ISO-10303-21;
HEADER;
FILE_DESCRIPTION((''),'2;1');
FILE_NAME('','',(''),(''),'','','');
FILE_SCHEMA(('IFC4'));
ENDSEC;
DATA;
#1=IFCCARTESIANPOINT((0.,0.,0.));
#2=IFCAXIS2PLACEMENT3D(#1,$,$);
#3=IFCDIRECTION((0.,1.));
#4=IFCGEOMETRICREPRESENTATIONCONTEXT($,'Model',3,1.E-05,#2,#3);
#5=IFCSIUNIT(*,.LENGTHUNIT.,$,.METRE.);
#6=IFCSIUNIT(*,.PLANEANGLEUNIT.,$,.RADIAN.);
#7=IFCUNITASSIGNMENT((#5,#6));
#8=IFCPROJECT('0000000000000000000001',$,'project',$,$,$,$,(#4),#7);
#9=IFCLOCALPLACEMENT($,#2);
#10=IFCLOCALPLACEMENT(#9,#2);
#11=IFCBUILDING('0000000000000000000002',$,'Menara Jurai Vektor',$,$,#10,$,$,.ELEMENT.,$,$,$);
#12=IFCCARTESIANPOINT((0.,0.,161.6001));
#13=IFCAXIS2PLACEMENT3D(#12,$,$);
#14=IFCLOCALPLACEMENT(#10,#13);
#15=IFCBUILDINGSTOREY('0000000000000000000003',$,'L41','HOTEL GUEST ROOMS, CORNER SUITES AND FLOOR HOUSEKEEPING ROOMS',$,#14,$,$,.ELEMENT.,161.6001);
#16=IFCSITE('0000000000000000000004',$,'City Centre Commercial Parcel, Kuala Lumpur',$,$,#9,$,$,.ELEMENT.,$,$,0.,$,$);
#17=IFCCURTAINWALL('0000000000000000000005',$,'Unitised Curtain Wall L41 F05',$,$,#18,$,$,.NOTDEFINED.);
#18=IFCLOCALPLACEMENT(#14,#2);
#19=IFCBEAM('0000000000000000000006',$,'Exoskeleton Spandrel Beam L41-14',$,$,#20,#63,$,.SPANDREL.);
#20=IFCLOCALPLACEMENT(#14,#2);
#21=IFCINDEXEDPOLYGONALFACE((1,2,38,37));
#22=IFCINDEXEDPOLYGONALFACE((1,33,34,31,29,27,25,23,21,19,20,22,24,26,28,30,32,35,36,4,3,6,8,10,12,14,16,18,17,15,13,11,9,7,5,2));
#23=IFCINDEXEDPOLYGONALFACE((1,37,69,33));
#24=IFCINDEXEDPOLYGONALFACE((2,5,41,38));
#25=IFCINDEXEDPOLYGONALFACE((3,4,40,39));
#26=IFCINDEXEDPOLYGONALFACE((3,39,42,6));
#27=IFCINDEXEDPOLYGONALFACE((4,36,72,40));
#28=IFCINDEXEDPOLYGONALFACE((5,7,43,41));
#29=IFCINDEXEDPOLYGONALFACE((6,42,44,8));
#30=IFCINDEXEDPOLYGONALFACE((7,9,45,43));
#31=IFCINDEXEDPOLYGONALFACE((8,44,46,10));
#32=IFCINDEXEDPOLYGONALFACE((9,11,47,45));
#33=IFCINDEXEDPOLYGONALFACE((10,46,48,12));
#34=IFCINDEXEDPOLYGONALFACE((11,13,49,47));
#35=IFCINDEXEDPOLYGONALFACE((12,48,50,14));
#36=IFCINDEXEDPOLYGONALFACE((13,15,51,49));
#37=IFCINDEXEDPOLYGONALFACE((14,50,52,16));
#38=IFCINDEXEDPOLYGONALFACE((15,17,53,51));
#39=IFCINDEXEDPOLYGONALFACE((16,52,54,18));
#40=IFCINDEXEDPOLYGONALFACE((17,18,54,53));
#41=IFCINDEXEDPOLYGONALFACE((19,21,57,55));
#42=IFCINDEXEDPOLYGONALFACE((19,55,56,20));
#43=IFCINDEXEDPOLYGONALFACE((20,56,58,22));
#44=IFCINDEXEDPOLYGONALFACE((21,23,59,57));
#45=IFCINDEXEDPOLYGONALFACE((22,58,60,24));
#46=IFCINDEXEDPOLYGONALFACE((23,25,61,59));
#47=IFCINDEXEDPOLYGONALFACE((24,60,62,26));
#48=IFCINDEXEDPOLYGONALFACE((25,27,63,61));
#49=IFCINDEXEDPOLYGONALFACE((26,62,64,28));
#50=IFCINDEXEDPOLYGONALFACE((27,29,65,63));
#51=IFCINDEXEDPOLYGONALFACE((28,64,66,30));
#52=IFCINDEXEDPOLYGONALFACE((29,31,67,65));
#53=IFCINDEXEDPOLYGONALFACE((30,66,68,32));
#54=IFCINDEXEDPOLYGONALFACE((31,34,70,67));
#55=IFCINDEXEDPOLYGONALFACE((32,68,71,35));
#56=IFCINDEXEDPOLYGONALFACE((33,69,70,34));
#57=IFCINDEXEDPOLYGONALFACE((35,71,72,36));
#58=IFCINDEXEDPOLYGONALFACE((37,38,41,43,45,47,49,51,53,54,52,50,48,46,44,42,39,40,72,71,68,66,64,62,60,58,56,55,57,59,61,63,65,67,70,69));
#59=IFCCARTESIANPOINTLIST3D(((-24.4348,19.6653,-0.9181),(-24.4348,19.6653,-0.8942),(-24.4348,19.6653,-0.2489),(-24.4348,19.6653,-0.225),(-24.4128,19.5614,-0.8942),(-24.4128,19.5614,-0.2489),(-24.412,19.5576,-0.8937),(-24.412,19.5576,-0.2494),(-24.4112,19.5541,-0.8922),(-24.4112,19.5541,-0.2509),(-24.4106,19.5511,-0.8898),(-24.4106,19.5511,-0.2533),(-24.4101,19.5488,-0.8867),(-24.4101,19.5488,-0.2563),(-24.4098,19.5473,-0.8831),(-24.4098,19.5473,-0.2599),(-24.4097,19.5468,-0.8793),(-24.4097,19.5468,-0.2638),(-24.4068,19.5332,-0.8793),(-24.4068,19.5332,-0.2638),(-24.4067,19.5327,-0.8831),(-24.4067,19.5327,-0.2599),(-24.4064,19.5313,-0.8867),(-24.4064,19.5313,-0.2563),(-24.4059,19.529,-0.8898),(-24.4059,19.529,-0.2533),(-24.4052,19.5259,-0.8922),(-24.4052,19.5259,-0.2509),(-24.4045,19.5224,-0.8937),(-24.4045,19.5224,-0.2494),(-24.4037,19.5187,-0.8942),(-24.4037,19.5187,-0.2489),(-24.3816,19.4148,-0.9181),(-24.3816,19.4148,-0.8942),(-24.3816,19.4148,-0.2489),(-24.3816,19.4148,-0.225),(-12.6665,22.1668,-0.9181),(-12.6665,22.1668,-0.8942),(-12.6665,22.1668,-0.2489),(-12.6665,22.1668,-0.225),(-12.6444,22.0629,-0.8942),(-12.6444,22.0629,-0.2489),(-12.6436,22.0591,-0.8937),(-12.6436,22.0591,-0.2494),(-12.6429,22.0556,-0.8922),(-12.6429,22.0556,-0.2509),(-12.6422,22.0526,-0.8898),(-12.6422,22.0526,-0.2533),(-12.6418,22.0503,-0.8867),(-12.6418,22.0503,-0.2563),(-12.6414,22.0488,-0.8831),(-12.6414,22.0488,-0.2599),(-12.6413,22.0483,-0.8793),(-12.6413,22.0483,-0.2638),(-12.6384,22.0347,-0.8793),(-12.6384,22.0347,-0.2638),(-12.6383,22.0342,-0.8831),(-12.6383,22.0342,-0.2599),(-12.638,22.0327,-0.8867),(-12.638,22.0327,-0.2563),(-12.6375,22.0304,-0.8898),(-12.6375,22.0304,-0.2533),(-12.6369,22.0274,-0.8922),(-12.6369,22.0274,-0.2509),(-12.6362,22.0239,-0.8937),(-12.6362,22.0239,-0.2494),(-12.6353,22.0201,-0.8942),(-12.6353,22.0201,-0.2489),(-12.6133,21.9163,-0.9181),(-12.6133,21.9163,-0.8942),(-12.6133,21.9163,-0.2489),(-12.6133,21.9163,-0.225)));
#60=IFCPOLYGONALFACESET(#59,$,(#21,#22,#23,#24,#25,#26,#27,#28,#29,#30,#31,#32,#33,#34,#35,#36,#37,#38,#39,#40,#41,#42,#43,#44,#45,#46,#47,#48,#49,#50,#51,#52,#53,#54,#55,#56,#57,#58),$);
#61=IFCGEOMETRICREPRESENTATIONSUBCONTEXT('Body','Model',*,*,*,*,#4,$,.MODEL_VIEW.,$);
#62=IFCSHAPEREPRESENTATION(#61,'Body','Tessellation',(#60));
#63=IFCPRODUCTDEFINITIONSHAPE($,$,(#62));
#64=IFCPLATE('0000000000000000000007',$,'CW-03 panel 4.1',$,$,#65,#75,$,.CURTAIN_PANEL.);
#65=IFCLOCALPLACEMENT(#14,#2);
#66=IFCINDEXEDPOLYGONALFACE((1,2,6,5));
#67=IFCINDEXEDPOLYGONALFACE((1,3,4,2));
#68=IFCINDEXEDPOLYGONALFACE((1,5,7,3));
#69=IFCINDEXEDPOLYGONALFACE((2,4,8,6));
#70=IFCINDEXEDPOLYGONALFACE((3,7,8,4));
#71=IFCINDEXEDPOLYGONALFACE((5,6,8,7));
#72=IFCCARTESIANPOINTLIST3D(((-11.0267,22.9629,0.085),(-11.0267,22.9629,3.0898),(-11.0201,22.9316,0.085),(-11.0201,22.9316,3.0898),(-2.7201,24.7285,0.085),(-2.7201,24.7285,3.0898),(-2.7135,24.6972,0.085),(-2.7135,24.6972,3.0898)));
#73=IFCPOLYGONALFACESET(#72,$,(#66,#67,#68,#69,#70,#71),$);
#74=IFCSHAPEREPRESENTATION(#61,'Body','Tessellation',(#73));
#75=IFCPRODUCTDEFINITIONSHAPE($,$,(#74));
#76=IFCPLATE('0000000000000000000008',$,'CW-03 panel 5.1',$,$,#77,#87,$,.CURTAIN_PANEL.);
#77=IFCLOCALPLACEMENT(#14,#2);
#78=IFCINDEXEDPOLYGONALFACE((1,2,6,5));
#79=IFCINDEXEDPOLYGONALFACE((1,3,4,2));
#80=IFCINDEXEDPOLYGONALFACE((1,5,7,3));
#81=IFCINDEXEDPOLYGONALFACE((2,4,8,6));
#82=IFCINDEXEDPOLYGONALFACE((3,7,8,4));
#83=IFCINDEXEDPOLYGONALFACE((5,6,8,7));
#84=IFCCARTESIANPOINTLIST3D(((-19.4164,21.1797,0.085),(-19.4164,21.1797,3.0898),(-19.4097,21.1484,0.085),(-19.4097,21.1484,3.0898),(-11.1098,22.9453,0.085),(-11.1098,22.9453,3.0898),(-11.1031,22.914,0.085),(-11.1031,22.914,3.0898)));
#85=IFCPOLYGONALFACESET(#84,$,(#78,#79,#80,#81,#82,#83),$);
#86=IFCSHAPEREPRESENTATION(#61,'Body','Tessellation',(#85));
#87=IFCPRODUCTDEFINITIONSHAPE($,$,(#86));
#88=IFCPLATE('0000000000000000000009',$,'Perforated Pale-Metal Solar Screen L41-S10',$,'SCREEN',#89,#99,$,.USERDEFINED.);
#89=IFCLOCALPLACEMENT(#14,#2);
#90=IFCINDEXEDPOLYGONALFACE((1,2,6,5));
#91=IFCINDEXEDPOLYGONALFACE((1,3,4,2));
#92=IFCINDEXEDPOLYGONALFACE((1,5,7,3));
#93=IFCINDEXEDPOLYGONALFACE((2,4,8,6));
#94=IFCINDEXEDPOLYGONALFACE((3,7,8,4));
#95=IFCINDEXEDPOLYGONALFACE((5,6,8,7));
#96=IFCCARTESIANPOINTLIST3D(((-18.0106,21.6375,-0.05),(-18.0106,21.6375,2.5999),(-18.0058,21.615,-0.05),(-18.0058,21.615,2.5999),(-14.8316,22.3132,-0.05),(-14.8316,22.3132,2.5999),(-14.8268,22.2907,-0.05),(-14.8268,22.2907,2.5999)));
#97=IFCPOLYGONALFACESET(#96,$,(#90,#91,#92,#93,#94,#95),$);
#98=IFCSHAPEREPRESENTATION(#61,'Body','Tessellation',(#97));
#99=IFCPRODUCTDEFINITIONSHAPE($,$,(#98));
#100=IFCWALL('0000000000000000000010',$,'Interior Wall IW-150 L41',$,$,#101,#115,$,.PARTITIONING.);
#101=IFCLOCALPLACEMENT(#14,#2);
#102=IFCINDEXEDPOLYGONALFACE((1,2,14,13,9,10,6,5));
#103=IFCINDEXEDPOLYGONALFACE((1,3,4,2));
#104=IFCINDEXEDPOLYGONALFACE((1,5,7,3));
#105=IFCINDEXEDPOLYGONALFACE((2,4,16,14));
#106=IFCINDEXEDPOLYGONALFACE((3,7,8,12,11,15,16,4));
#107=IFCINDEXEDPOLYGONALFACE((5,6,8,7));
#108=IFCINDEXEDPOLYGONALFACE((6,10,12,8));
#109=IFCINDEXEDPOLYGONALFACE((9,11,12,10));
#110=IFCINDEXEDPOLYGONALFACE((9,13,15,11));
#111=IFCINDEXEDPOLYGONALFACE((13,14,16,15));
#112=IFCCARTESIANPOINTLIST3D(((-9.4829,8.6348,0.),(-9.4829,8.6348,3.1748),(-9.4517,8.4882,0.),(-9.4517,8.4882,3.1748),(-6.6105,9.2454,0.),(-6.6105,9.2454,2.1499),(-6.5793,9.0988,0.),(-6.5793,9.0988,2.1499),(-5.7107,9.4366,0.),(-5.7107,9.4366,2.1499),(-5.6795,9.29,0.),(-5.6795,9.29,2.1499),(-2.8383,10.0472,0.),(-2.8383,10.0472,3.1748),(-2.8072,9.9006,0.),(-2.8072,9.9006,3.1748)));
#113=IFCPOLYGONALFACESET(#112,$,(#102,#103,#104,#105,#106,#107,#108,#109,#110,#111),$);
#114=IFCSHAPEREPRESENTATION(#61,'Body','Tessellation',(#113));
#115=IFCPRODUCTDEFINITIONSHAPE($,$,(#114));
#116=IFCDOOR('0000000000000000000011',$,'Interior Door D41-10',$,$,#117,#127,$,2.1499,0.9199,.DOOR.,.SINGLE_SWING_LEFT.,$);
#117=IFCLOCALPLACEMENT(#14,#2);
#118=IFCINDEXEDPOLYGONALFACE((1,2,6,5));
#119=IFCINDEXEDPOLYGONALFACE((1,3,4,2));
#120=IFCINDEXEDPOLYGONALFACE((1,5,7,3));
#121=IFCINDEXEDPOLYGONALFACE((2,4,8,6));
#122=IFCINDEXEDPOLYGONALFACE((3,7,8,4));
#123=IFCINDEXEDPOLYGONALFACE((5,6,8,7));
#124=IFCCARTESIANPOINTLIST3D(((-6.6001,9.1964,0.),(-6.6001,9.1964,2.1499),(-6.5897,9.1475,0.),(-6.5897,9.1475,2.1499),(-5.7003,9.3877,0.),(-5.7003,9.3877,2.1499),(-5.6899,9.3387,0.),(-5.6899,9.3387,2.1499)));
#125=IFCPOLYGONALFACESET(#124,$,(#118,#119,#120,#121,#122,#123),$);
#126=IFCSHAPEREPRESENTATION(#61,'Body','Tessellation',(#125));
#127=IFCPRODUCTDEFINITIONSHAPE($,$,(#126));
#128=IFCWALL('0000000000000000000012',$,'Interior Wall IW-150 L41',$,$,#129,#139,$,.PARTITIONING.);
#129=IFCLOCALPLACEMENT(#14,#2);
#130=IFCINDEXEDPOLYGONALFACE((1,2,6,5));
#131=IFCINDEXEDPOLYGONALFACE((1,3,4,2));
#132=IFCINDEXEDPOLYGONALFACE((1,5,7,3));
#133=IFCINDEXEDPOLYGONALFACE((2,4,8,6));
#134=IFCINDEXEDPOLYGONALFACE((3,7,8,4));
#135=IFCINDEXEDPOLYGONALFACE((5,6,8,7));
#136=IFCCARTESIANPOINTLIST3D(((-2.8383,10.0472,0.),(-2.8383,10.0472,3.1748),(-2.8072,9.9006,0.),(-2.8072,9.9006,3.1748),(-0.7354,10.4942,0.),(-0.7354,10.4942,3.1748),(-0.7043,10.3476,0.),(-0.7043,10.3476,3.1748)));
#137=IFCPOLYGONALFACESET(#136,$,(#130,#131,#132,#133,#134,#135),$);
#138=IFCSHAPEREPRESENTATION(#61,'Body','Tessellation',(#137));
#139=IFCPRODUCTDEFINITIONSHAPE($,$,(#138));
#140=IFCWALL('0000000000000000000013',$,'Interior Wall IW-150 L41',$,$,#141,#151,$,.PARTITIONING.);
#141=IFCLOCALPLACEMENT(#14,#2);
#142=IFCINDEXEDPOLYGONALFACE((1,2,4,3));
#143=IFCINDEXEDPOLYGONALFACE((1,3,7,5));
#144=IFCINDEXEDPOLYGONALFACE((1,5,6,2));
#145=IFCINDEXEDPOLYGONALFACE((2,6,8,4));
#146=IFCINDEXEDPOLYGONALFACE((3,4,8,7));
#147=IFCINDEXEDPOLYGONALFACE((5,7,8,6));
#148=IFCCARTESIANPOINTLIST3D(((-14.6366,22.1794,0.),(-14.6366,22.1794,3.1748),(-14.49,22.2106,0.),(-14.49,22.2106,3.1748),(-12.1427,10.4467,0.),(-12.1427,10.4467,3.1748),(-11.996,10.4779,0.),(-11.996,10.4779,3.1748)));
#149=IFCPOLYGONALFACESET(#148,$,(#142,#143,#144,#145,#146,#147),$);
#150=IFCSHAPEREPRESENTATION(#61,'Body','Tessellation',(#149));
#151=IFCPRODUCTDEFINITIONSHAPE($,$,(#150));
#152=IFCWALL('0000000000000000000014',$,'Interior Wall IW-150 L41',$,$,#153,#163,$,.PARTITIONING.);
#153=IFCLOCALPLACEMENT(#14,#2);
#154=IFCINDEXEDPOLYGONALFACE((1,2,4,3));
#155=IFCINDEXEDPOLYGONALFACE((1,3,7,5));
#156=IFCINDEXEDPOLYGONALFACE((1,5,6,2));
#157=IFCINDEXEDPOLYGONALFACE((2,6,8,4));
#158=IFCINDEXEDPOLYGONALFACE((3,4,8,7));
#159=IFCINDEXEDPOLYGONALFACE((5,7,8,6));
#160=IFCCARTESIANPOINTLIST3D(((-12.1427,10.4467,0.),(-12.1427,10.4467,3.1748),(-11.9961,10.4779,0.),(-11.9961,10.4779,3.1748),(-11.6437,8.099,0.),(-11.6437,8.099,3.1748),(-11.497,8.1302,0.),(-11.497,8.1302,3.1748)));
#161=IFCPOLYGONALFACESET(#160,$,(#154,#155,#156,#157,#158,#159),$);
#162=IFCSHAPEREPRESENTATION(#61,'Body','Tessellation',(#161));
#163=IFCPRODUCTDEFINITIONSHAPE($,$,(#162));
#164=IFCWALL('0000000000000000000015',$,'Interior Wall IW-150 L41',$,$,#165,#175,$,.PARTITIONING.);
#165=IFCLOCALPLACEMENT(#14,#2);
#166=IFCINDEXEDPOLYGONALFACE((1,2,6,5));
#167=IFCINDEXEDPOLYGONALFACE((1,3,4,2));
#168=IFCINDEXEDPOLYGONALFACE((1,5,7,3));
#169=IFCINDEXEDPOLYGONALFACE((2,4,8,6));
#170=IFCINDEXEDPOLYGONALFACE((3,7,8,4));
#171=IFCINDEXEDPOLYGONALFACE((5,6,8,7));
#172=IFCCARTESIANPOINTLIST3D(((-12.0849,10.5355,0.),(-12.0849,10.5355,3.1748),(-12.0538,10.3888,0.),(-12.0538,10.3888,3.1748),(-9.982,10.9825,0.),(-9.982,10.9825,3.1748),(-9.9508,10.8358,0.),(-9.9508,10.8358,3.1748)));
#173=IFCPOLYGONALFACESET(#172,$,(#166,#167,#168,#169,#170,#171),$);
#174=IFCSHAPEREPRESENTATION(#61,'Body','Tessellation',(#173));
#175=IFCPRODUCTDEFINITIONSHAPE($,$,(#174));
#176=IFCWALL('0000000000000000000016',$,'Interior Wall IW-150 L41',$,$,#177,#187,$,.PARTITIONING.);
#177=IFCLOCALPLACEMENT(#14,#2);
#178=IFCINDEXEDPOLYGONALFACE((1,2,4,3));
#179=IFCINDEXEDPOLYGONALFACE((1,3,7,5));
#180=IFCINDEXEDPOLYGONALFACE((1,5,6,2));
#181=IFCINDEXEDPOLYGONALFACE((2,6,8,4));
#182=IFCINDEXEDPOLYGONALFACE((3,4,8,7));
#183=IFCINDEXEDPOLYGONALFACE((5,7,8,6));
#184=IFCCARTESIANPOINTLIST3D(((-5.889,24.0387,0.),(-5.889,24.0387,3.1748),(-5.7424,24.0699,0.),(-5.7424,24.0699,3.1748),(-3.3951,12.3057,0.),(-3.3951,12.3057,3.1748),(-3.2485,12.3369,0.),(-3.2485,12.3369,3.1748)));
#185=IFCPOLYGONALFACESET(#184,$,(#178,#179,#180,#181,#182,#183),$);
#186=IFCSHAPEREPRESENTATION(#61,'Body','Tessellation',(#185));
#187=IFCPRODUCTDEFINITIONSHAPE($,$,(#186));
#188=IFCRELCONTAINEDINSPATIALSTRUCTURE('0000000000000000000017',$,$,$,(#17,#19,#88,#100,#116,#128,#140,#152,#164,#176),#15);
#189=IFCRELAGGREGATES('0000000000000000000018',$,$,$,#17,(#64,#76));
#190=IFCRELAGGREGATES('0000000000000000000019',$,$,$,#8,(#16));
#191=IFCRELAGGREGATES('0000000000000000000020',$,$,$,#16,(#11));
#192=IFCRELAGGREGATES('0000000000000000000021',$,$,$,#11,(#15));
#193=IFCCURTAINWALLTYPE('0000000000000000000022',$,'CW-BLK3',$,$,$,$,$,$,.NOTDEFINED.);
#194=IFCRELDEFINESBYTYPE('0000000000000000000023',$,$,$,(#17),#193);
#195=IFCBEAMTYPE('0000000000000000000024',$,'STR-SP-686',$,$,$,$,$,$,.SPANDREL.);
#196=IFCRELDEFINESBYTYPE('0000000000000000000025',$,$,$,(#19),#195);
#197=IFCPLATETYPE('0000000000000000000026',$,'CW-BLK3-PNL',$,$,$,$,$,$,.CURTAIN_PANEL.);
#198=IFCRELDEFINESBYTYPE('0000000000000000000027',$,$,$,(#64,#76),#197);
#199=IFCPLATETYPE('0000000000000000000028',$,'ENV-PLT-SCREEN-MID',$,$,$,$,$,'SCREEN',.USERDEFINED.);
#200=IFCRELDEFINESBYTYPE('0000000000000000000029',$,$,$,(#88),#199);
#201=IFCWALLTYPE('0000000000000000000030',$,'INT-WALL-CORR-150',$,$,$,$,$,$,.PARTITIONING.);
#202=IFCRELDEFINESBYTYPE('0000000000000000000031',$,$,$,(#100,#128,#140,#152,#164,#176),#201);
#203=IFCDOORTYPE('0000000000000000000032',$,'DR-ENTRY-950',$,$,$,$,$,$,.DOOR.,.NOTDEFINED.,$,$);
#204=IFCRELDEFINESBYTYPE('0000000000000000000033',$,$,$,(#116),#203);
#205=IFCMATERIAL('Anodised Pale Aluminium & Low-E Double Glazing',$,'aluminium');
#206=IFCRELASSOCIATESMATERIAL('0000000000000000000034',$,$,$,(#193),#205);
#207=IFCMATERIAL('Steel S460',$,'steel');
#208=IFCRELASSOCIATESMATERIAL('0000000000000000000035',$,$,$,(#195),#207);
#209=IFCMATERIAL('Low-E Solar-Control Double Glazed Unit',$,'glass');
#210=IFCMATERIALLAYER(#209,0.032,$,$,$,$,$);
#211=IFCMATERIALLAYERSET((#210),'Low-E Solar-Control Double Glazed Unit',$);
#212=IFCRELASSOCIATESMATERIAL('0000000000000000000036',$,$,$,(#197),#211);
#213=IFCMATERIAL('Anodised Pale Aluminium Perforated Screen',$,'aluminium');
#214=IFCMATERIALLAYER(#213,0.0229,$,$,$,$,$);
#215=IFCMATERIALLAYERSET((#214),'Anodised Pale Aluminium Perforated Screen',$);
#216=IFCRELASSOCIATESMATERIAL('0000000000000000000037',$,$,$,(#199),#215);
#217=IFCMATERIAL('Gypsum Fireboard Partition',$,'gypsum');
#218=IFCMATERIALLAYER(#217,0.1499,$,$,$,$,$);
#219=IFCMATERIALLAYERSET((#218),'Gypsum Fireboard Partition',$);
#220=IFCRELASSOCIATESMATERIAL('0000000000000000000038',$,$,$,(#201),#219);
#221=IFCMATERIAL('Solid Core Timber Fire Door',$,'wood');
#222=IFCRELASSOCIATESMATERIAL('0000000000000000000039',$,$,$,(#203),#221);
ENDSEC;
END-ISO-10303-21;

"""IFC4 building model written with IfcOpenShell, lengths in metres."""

from ifc_helpers import new_model, si_unit, direction, frame, frame_2d, origin, origin_2d, place, context, subcontext, project, spatial, rectangle, i_section, extrude, material, layer, layer_set, material_profile, profile_set, type_object, element, fill, aggregate, save


model = new_model("IFC4")

# Units and contexts
model_context = context("Model", 3, precision=1e-05, world=origin(), true_north=direction((0.0, 1.0)))
body_context = subcontext(model_context, "Body", "Model", "MODEL_VIEW")
ifc_project = project(units=[si_unit("LENGTHUNIT", "METRE"), si_unit("PLANEANGLEUNIT", "RADIAN")], contexts=[model_context])

# Site, building, storey
site_placement = place(None, origin())
site = spatial("IfcSite", under=ifc_project, at=site_placement, Name="City Centre Commercial Parcel, Kuala Lumpur", CompositionType="ELEMENT", RefElevation=0.0)
building_placement = place(site_placement, origin())
building = spatial("IfcBuilding", under=site, at=building_placement, Name="Menara Jurai Vektor", CompositionType="ELEMENT")
storey_placement = place(building_placement, frame((0.0, 0.0, 161.6001)))
storey = spatial("IfcBuildingStorey", under=building, at=storey_placement, Name="L41", Description="HOTEL GUEST ROOMS, CORNER SUITES AND FLOOR HOUSEKEEPING ROOMS", CompositionType="ELEMENT", Elevation=161.6001)

# Shared definitions
ifc_material_1 = material(Name="Steel S460", Category="steel")

# Curtain wall
ifc_material_2 = material(Name="Anodised Pale Aluminium & Low-E Double Glazing", Category="aluminium")
curtain_wall_type = type_object("IfcCurtainWallType", Name="CW-BLK3", PredefinedType="NOTDEFINED", material=ifc_material_2)
curtain_wall_placement = place(storey_placement, origin())
curtain_wall = element("IfcCurtainWall", 1, at=curtain_wall_placement, inside=storey, type_object=curtain_wall_type, Name="Unitised Curtain Wall L41 F05", PredefinedType="NOTDEFINED")

# Beam
ifc_material_profile_1 = material_profile(ifc_material_1, i_section(OverallWidth=0.2561, OverallDepth=0.6931, WebThickness=0.0139, FlangeThickness=0.0239, FilletRadius=0.0149, at=origin_2d()), Name="UKB 686x254x170")
ifc_profile_set_1 = profile_set([ifc_material_profile_1], Name="Steel S460")
beam_type_1 = type_object("IfcBeamType", Name="STR-SP-686", PredefinedType="SPANDREL", material=ifc_profile_set_1)
beam_1_placement = place(storey_placement, frame((-12.6399, 22.0415, -0.5715), z_axis=(-0.978147, -0.207914, 0.0), x_axis=(0.207914, -0.978147, 0.0)))
element("IfcBeam", 2, at=beam_1_placement, inside=storey, type_object=beam_type_1, Name="Exoskeleton Spandrel Beam L41-14", PredefinedType="SPANDREL", context=body_context, shape_type="SweptSolid", body=[
    extrude(i_section(OverallWidth=0.2561, OverallDepth=0.6931, WebThickness=0.0139, FlangeThickness=0.0239, FilletRadius=0.0149, at=origin_2d()), origin(), (0.0, 0.0, 1.0), 12.0312),
])

# Plates
ifc_material_3 = material(Name="Low-E Solar-Control Double Glazed Unit", Category="glass")
ifc_layer_1 = layer(ifc_material_3, 0.032)
ifc_layer_set_1 = layer_set([ifc_layer_1], Name="Low-E Solar-Control Double Glazed Unit")
plate_type_1 = type_object("IfcPlateType", Name="CW-BLK3-PNL", PredefinedType="CURTAIN_PANEL", material=ifc_layer_set_1)
plate_1_placement = place(storey_placement, frame((-6.8701, 23.8301, 0.085), z_axis=(0.0, 0.0, 1.0), x_axis=(-0.978148, -0.207911, 0.0)))
plate_1 = element("IfcPlate", 3, at=plate_1_placement, type_object=plate_type_1, Name="CW-03 panel 4.1", PredefinedType="CURTAIN_PANEL", context=body_context, shape_type="SweptSolid", body=[
    extrude(rectangle(XDim=8.4922, YDim=0.032, at=origin_2d()), origin(), (0.0, 0.0, 1.0), 3.0049),
])
plate_2_placement = place(storey_placement, frame((-15.2598, 22.0469, 0.085), z_axis=(0.0, 0.0, 1.0), x_axis=(-0.978148, -0.207911, 0.0)))
plate_2 = element("IfcPlate", 4, at=plate_2_placement, type_object=plate_type_1, Name="CW-03 panel 5.1", PredefinedType="CURTAIN_PANEL", context=body_context, shape_type="SweptSolid", body=[
    extrude(rectangle(XDim=8.4922, YDim=0.032, at=origin_2d()), origin(), (0.0, 0.0, 1.0), 3.0049),
])
aggregate(curtain_wall, [plate_1, plate_2])
ifc_material_4 = material(Name="Anodised Pale Aluminium Perforated Screen", Category="aluminium")
ifc_layer_2 = layer(ifc_material_4, 0.0229)
ifc_layer_set_2 = layer_set([ifc_layer_2], Name="Anodised Pale Aluminium Perforated Screen")
plate_type_2 = type_object("IfcPlateType", Name="ENV-PLT-SCREEN-MID", ElementType="SCREEN", PredefinedType="USERDEFINED", material=ifc_layer_set_2)
plate_3_placement = place(storey_placement, frame((-16.4187, 21.9641, -0.05), z_axis=(0.0, 0.0, 1.0), x_axis=(-0.978148, -0.207912, 0.0)))
element("IfcPlate", 5, at=plate_3_placement, inside=storey, type_object=plate_type_2, Name="Perforated Pale-Metal Solar Screen L41-S10", ObjectType="SCREEN", PredefinedType="USERDEFINED", context=body_context, shape_type="SweptSolid", body=[
    extrude(rectangle(XDim=3.25, YDim=0.0229, at=origin_2d()), origin(), (0.0, 0.0, 1.0), 2.6499),
])

# Wall, opening, door
ifc_material_5 = material(Name="Gypsum Fireboard Partition", Category="gypsum")
ifc_layer_3 = layer(ifc_material_5, 0.1499)
ifc_layer_set_3 = layer_set([ifc_layer_3], Name="Gypsum Fireboard Partition")
wall_type = type_object("IfcWallType", Name="INT-WALL-CORR-150", PredefinedType="PARTITIONING", material=ifc_layer_set_3)
wall_1_placement = place(storey_placement, frame((-9.4673, 8.5615, 0.0), z_axis=(0.0, 0.0, 1.0), x_axis=(0.978147, 0.207914, 0.0)))
wall_1 = element("IfcWall", 6, at=wall_1_placement, inside=storey, type_object=wall_type, Name="Interior Wall IW-150 L41", PredefinedType="PARTITIONING", context=body_context, shape_type="SweptSolid", body=[
    extrude(rectangle(XDim=6.793, YDim=0.1499, at=frame_2d((3.3965, 0.0))), origin(), (0.0, 0.0, 1.0), 3.1748),
])
opening_1_placement = place(wall_1_placement, frame((2.9365, 0.0, 0.0)))
opening_1 = element("IfcOpeningElement", 7, at=opening_1_placement, cuts=wall_1, PredefinedType="OPENING", context=body_context, shape_type="SweptSolid", body=[
    extrude(rectangle(XDim=0.9199, YDim=2.1499, at=frame_2d((0.46, 1.075))), frame((0.0, 0.085, 0.0), z_axis=(0.0, -1.0, 0.0), x_axis=(1.0, 0.0, 0.0)), (0.0, 0.0, 1.0), 0.1699),
])
ifc_material_6 = material(Name="Solid Core Timber Fire Door", Category="wood")
door_type_1 = type_object("IfcDoorType", Name="DR-ENTRY-950", OperationType="NOTDEFINED", PredefinedType="DOOR", material=ifc_material_6)
door_1_placement = place(opening_1_placement, origin())
door_1 = element("IfcDoor", 8, at=door_1_placement, inside=storey, type_object=door_type_1, Name="Interior Door D41-10", OperationType="SINGLE_SWING_LEFT", OverallHeight=2.1499, OverallWidth=0.9199, PredefinedType="DOOR", context=body_context, shape_type="SweptSolid", body=[
    extrude(rectangle(XDim=0.9199, YDim=2.1499, at=frame_2d((0.46, 1.075))), frame((0.0, 0.0249, 0.0), z_axis=(0.0, -1.0, 0.0), x_axis=(1.0, 0.0, 0.0)), (0.0, 0.0, 1.0), 0.05),
])
fill(opening_1, door_1)

# Walls
wall_2_placement = place(storey_placement, frame((-2.8228, 9.9739, 0.0), z_axis=(0.0, 0.0, 1.0), x_axis=(0.978147, 0.207916, 0.0)))
element("IfcWall", 9, at=wall_2_placement, inside=storey, type_object=wall_type, Name="Interior Wall IW-150 L41", PredefinedType="PARTITIONING", context=body_context, shape_type="SweptSolid", body=[
    extrude(rectangle(XDim=2.1499, YDim=0.1499, at=frame_2d((1.075, 0.0))), origin(), (0.0, 0.0, 1.0), 3.1748),
])
wall_3_placement = place(storey_placement, frame((-12.0693, 10.4622, 0.0), z_axis=(0.0, 0.0, 1.0), x_axis=(-0.207915, 0.978147, 0.0)))
element("IfcWall", 10, at=wall_3_placement, inside=storey, type_object=wall_type, Name="Interior Wall IW-150 L41", PredefinedType="PARTITIONING", context=body_context, shape_type="SweptSolid", body=[
    extrude(rectangle(XDim=11.9949, YDim=0.1499, at=frame_2d((5.9976, 0.0))), origin(), (0.0, 0.0, 1.0), 3.1748),
])
wall_4_placement = place(storey_placement, frame((-11.5703, 8.1145, 0.0), z_axis=(0.0, 0.0, 1.0), x_axis=(-0.207917, 0.978146, 0.0)))
element("IfcWall", 11, at=wall_4_placement, inside=storey, type_object=wall_type, Name="Interior Wall IW-150 L41", PredefinedType="PARTITIONING", context=body_context, shape_type="SweptSolid", body=[
    extrude(rectangle(XDim=2.4001, YDim=0.1499, at=frame_2d((1.2002, 0.0))), origin(), (0.0, 0.0, 1.0), 3.1748),
])
wall_5_placement = place(storey_placement, frame((-12.0693, 10.4622, 0.0), z_axis=(0.0, 0.0, 1.0), x_axis=(0.978147, 0.207916, 0.0)))
element("IfcWall", 12, at=wall_5_placement, inside=storey, type_object=wall_type, Name="Interior Wall IW-150 L41", PredefinedType="PARTITIONING", context=body_context, shape_type="SweptSolid", body=[
    extrude(rectangle(XDim=2.1499, YDim=0.1499, at=frame_2d((1.075, 0.0))), origin(), (0.0, 0.0, 1.0), 3.1748),
])

# Wall
wall_6_placement = place(storey_placement, frame((-3.3218, 12.3213, 0.0), z_axis=(0.0, 0.0, 1.0), x_axis=(-0.207911, 0.978148, 0.0)))
element("IfcWall", 13, at=wall_6_placement, inside=storey, type_object=wall_type, Name="Interior Wall IW-150 L41", PredefinedType="PARTITIONING", context=body_context, shape_type="SweptSolid", body=[
    extrude(rectangle(XDim=11.9951, YDim=0.1499, at=frame_2d((5.9976, 0.0))), origin(), (0.0, 0.0, 1.0), 3.1748),
])

save(model, "model.ifc")
